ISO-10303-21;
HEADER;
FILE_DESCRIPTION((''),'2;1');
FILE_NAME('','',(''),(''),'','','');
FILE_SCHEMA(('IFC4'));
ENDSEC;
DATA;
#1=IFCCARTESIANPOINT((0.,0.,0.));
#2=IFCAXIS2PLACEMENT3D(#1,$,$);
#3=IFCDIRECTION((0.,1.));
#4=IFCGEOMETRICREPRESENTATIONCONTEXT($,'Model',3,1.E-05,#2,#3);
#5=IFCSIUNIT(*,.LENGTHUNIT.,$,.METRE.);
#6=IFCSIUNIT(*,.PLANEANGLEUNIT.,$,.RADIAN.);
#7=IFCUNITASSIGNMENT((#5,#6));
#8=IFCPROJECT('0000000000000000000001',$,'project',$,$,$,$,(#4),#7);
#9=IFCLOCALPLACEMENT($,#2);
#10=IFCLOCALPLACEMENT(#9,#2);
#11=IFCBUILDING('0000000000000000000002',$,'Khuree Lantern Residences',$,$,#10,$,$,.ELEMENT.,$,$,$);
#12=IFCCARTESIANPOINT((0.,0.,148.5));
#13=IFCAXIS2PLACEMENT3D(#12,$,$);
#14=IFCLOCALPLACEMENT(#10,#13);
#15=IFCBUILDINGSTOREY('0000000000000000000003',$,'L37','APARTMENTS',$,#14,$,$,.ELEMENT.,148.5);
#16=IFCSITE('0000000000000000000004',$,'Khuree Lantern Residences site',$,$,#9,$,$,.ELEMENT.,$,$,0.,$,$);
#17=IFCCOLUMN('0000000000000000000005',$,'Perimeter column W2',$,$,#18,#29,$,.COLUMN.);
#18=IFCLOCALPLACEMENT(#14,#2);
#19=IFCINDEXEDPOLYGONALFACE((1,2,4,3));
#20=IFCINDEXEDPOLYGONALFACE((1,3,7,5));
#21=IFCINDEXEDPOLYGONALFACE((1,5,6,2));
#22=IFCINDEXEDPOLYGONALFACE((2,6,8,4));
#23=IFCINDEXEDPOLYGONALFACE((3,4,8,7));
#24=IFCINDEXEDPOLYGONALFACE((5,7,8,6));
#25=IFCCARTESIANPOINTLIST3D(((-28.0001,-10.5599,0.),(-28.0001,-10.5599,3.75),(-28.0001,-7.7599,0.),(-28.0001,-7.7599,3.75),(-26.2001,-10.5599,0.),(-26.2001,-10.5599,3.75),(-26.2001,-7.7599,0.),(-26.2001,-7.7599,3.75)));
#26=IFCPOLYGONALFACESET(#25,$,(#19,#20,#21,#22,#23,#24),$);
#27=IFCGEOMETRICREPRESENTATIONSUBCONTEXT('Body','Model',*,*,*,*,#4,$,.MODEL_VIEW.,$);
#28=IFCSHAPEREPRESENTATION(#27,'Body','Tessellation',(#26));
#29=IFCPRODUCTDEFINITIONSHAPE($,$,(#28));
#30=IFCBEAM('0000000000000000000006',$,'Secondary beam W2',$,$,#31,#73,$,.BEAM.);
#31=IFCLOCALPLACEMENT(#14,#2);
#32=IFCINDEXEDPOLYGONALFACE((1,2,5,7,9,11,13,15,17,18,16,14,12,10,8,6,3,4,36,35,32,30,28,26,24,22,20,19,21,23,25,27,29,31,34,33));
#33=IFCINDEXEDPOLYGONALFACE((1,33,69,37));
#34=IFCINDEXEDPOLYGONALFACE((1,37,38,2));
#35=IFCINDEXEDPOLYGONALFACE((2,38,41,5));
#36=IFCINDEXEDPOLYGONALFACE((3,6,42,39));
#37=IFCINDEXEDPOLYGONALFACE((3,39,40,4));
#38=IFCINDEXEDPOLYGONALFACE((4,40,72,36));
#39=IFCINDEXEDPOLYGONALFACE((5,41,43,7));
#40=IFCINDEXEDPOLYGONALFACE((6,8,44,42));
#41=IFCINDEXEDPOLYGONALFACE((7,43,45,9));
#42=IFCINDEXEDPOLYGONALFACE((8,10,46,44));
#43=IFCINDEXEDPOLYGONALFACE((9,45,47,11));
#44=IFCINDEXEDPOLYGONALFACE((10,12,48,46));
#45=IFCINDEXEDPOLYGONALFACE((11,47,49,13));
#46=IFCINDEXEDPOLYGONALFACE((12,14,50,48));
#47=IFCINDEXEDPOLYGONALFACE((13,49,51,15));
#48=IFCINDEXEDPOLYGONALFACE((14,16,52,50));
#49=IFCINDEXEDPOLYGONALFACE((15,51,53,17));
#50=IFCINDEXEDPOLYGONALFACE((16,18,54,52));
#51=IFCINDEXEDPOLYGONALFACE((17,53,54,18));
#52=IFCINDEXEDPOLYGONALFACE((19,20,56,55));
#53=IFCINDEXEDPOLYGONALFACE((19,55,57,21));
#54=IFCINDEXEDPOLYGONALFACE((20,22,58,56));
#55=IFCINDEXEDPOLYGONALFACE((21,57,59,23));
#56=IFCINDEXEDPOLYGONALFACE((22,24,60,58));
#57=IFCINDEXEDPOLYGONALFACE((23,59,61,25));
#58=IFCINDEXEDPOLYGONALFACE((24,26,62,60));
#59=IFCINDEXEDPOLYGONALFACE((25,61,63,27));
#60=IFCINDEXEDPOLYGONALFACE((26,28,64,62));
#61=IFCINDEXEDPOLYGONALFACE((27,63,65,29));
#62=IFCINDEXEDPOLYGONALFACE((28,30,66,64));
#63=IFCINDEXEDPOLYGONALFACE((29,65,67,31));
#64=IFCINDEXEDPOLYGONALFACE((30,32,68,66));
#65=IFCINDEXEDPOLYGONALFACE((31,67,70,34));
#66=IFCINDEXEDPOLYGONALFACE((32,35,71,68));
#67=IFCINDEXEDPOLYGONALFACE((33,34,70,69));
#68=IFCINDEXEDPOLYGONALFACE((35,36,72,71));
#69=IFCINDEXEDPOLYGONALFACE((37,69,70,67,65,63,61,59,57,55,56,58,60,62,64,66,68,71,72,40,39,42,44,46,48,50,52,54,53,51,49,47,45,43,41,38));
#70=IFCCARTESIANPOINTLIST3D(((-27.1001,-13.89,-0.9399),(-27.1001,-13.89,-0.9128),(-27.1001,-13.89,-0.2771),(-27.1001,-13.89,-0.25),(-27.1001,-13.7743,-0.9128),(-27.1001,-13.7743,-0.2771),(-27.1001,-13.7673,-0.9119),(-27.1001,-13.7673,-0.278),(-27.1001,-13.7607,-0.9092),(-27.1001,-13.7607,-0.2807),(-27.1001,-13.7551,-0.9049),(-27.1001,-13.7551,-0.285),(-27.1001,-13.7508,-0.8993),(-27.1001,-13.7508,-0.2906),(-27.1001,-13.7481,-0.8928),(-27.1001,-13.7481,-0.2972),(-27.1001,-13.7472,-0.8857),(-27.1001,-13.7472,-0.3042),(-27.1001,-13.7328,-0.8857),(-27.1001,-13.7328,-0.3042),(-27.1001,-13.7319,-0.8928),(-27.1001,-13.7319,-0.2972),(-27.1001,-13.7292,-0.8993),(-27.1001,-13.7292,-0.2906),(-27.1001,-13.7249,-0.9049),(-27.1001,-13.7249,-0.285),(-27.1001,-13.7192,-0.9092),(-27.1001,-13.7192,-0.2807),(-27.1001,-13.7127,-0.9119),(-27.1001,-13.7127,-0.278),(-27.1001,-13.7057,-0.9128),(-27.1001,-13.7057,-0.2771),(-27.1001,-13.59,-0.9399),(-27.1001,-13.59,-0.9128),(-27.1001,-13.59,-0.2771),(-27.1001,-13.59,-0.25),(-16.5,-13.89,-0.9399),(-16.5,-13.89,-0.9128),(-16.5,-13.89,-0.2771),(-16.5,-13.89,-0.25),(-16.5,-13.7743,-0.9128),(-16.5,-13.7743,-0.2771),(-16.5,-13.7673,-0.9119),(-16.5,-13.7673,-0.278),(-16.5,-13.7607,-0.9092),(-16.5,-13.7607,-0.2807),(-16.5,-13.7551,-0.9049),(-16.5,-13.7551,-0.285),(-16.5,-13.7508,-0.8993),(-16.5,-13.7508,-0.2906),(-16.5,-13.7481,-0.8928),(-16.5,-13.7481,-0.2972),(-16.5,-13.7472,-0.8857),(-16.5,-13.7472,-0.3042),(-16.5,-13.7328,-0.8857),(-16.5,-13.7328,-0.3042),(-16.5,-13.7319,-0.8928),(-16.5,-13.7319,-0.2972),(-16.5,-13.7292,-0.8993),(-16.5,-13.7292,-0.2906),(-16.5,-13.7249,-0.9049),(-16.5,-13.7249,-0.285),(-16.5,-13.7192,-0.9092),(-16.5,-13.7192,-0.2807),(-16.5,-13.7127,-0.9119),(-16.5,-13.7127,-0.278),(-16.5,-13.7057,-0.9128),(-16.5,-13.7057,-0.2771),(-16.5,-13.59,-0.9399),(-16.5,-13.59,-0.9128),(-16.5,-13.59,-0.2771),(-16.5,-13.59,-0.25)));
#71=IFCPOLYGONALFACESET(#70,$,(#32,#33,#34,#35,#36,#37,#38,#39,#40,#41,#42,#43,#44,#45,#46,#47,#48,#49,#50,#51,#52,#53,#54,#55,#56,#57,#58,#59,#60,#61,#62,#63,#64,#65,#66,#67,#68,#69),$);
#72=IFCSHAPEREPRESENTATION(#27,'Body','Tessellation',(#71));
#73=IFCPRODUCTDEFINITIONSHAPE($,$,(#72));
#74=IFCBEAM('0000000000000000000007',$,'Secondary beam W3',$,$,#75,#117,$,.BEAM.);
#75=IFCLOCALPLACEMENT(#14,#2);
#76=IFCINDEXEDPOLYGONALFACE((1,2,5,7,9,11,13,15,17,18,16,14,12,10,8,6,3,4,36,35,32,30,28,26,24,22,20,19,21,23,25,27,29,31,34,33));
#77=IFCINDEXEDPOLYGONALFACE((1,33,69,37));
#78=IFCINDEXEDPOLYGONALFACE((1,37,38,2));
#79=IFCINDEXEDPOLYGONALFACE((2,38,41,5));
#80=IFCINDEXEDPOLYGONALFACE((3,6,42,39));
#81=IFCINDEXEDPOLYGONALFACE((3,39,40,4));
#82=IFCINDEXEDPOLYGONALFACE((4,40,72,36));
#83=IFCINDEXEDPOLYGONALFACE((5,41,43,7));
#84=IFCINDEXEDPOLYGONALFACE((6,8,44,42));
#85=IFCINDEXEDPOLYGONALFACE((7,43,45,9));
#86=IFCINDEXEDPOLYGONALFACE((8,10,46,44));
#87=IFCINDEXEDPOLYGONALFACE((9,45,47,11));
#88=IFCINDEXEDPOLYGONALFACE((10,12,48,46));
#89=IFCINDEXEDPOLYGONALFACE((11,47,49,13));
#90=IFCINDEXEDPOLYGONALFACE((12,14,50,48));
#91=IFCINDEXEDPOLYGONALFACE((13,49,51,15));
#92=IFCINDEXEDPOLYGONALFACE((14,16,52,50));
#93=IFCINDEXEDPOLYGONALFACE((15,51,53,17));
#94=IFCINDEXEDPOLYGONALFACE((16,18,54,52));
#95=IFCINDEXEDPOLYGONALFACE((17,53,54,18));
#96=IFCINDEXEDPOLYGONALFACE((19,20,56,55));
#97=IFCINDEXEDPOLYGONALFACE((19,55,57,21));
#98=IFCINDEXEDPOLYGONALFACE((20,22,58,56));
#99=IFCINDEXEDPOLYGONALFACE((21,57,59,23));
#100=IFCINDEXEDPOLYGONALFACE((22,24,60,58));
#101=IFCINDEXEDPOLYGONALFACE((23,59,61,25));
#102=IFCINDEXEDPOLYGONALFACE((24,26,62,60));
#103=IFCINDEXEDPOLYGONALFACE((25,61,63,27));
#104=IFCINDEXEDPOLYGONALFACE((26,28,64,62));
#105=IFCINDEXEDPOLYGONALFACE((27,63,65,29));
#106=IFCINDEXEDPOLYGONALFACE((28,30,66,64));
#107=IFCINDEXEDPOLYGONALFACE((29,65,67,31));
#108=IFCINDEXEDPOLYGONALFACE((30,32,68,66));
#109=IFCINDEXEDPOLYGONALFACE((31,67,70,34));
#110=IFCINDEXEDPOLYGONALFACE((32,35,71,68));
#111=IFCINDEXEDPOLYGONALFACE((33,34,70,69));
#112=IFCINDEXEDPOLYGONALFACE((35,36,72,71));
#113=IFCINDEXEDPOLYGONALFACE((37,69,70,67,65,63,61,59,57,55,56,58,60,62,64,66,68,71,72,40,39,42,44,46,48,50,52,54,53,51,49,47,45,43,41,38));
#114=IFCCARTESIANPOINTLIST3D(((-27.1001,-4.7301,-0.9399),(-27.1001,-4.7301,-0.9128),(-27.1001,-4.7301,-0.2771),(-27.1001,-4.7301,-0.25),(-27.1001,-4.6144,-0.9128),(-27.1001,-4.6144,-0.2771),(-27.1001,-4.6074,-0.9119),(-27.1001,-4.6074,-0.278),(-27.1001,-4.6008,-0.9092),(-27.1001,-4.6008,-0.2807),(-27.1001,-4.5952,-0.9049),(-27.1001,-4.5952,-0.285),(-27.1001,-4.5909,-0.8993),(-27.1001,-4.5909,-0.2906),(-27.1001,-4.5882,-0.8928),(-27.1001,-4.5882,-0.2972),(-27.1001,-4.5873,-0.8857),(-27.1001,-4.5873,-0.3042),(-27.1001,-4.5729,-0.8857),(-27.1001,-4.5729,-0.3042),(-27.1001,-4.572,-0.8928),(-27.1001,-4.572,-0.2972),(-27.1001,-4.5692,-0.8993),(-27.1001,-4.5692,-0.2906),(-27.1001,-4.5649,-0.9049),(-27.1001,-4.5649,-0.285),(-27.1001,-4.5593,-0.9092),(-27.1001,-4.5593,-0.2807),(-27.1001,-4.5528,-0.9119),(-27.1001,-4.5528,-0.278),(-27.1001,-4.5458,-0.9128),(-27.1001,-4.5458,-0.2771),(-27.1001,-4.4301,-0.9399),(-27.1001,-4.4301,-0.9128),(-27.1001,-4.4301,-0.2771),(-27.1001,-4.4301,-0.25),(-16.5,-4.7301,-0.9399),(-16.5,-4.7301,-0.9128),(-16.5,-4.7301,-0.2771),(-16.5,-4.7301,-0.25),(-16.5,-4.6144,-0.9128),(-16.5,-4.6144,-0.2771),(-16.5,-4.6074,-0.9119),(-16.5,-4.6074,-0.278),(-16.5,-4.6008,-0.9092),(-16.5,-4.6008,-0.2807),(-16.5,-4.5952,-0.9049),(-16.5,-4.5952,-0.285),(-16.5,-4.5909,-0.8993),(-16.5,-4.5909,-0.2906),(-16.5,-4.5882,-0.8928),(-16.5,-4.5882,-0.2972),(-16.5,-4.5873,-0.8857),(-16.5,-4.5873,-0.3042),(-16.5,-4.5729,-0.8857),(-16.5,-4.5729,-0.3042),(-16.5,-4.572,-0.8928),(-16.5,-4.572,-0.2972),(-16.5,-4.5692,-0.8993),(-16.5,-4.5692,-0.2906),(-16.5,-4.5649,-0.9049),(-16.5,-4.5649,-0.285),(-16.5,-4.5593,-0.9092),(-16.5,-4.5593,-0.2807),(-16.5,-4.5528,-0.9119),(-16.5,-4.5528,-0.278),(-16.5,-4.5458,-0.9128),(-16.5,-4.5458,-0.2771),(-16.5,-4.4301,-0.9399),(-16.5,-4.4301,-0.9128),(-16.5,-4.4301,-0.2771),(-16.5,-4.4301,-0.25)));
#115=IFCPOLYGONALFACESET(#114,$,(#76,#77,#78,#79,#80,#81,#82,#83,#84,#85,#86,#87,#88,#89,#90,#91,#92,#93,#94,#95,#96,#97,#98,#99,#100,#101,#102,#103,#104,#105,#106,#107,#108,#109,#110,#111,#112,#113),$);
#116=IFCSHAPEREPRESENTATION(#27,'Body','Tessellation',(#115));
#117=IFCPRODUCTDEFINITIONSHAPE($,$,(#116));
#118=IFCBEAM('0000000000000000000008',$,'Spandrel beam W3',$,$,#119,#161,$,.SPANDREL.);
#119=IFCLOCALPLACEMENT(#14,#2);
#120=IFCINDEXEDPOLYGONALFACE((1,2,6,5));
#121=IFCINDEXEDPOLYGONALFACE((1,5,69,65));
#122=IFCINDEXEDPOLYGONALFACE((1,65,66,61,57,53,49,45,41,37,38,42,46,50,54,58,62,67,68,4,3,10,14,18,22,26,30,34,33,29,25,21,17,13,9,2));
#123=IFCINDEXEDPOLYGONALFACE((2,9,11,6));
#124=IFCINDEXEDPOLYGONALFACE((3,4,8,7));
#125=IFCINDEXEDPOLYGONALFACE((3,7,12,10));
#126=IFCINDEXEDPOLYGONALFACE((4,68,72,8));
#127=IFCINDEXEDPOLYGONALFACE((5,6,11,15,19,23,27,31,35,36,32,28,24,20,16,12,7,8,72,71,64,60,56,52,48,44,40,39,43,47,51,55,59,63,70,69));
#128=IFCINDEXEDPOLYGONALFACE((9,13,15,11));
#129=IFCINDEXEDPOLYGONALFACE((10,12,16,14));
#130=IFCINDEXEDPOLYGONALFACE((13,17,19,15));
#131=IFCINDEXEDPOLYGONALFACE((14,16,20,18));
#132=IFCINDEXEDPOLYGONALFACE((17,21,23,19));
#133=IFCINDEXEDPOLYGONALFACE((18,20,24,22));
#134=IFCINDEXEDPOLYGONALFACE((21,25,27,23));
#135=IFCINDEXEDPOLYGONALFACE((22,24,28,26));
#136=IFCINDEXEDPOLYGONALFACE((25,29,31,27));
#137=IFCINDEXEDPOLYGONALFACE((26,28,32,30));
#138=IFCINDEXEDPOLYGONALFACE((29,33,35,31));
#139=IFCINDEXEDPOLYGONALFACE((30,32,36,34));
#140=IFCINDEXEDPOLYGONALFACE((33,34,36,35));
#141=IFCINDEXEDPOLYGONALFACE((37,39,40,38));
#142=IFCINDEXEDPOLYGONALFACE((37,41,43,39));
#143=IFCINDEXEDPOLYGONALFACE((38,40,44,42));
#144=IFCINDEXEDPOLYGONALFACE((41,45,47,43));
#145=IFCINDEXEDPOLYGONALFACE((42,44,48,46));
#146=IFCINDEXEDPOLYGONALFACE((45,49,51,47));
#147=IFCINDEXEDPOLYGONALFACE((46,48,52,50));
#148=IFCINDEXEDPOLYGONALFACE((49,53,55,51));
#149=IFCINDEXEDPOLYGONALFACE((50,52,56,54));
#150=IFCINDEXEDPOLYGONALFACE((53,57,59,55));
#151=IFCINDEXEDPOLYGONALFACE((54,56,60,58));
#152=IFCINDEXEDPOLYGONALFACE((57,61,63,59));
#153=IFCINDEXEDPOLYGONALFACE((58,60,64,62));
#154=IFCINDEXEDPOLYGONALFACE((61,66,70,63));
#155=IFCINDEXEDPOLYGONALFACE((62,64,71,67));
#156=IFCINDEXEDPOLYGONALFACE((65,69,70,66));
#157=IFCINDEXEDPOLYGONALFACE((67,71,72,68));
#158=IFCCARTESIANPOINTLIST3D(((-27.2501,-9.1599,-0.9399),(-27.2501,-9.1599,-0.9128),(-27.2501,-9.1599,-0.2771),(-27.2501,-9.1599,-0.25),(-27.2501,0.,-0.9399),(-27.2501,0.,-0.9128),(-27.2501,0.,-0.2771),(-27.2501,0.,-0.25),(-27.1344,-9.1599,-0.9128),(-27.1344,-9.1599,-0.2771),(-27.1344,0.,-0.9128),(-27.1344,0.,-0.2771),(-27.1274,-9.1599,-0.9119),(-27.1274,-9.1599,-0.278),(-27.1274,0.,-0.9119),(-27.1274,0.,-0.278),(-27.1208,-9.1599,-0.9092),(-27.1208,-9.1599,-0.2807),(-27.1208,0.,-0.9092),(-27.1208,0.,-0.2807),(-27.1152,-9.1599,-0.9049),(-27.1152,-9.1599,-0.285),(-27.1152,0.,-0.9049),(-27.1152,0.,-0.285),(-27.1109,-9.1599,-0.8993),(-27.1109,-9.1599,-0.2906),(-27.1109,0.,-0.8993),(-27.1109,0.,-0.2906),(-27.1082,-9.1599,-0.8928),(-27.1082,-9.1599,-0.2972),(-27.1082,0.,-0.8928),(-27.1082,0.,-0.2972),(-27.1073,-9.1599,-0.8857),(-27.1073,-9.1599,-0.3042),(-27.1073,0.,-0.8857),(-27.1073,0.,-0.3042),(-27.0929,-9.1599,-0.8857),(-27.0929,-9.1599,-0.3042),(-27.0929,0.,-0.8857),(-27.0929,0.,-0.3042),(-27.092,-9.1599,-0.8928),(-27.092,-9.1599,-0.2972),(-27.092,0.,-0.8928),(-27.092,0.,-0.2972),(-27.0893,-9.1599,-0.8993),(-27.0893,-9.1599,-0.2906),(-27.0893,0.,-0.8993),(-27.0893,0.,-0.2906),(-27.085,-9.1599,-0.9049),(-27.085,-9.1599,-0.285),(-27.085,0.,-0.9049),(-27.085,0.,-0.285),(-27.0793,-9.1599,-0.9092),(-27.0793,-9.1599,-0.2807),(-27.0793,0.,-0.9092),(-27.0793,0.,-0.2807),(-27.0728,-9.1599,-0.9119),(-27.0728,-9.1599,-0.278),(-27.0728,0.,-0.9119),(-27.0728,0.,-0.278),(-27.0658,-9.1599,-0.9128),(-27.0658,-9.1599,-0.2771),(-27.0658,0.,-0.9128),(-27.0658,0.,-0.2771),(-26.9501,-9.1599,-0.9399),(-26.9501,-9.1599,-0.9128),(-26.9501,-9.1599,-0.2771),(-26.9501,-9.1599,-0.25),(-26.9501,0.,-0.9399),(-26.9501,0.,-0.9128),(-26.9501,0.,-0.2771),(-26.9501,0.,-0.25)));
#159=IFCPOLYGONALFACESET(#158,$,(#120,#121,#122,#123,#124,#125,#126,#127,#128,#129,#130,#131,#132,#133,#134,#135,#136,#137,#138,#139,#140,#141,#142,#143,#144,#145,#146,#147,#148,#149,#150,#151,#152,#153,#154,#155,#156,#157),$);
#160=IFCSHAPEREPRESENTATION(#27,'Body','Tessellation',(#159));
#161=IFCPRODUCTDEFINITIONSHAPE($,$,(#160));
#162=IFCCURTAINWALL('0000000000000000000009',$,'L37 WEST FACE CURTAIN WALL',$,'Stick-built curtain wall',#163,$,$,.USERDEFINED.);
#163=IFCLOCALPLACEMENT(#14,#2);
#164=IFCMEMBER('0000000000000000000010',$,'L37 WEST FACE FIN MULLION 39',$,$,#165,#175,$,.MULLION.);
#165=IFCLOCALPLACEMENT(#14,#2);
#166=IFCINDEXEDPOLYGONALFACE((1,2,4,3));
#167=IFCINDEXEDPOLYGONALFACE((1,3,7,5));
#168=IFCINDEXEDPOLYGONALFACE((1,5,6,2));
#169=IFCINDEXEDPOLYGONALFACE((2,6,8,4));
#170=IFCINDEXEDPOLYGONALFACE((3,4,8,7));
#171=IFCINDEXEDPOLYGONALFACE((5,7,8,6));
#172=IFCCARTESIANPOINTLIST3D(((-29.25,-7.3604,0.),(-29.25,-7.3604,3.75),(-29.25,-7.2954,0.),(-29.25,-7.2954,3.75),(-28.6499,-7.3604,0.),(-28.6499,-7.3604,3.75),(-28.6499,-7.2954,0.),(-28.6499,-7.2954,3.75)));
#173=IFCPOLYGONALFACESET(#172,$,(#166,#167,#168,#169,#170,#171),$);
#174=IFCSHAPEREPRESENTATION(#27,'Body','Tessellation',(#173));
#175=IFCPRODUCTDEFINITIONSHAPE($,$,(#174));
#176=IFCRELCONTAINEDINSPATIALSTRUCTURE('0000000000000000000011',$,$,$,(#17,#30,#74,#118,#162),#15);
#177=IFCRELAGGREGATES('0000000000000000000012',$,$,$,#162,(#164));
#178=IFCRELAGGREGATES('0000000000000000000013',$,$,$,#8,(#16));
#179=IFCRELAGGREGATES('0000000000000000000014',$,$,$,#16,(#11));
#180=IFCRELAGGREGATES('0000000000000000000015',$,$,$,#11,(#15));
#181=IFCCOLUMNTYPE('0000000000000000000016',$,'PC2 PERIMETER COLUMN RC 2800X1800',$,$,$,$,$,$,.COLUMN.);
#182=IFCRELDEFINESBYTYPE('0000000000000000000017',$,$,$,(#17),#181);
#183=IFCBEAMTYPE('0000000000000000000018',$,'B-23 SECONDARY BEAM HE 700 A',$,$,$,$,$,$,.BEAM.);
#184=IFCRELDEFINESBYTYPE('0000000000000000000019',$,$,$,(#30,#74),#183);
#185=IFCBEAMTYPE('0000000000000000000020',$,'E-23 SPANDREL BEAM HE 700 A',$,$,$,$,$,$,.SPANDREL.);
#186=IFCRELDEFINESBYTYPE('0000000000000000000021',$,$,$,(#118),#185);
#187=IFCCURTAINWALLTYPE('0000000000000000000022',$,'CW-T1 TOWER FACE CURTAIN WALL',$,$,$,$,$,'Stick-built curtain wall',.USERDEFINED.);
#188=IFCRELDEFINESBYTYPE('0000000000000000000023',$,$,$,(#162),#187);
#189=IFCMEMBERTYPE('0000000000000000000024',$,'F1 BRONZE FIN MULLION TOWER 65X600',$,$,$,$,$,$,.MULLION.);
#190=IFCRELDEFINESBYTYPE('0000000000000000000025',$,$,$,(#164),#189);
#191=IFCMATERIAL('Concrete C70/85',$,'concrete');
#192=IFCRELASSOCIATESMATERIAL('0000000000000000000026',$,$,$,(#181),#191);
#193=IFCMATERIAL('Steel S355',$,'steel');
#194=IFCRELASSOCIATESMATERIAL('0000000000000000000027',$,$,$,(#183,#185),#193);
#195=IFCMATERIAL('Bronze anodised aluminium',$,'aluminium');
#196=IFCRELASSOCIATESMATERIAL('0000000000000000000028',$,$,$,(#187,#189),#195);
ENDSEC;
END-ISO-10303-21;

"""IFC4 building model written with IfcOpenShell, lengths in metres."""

from ifc_helpers import new_model, si_unit, direction, frame, origin, origin_2d, place, context, subcontext, project, spatial, rectangle, i_section, extrude, material, material_profile, profile_set, type_object, element, aggregate, save


model = new_model("IFC4")

# Units and contexts
model_context = context("Model", 3, precision=1e-05, world=origin(), true_north=direction((0.0, 1.0)))
body_context = subcontext(model_context, "Body", "Model", "MODEL_VIEW")
ifc_project = project(units=[si_unit("LENGTHUNIT", "METRE"), si_unit("PLANEANGLEUNIT", "RADIAN")], contexts=[model_context])

# Site, building, storey
site_placement = place(None, origin())
site = spatial("IfcSite", under=ifc_project, at=site_placement, Name="Khuree Lantern Residences site", CompositionType="ELEMENT", RefElevation=0.0)
building_placement = place(site_placement, origin())
building = spatial("IfcBuilding", under=site, at=building_placement, Name="Khuree Lantern Residences", CompositionType="ELEMENT")
storey_placement = place(building_placement, frame((0.0, 0.0, 148.5)))
storey = spatial("IfcBuildingStorey", under=building, at=storey_placement, Name="L37", Description="APARTMENTS", CompositionType="ELEMENT", Elevation=148.5)

# Column
ifc_material_1 = material(Name="Concrete C70/85", Category="concrete")
ifc_material_profile_1 = material_profile(ifc_material_1, rectangle(XDim=2.8, YDim=1.8, at=origin_2d()), Name="RC 2800X1800")
ifc_profile_set_1 = profile_set([ifc_material_profile_1], Name="Concrete C70/85")
column_type = type_object("IfcColumnType", Name="PC2 PERIMETER COLUMN RC 2800X1800", PredefinedType="COLUMN", material=ifc_profile_set_1)
column_placement = place(storey_placement, frame((-27.1001, -9.1599, 0.0), z_axis=(0.0, 0.0, 1.0), x_axis=(0.0, 1.0, 0.0)))
element("IfcColumn", 1, at=column_placement, inside=storey, type_object=column_type, Name="Perimeter column W2", PredefinedType="COLUMN", context=body_context, shape_type="SweptSolid", body=[
    extrude(rectangle(XDim=2.8, YDim=1.8, at=origin_2d()), origin(), (0.0, 0.0, 1.0), 3.75),
])

# Beams
ifc_material_2 = material(Name="Steel S355", Category="steel")
ifc_material_profile_2 = material_profile(ifc_material_2, i_section(OverallWidth=0.3, OverallDepth=0.6899, WebThickness=0.0144, FlangeThickness=0.0271, FilletRadius=0.0271, at=origin_2d()), Name="HE 700 A")
ifc_profile_set_2 = profile_set([ifc_material_profile_2], Name="Steel S355")
beam_type_1 = type_object("IfcBeamType", Name="B-23 SECONDARY BEAM HE 700 A", PredefinedType="BEAM", material=ifc_profile_set_2)
for number, where, z_axis, x_axis, name in (
    (2, (-27.1001, -13.74, -0.595), (1.0, 0.0, 0.0), (0.0, 1.0, 0.0), "Secondary beam W2"),
    (3, (-27.1001, -4.5801, -0.595), (1.0, 0.0, 0.0), (0.0, 1.0, 0.0), "Secondary beam W3"),
):
    element("IfcBeam", number, at=place(storey_placement, frame(where, z_axis=z_axis, x_axis=x_axis)), inside=storey, type_object=beam_type_1, Name=name, PredefinedType="BEAM", context=body_context, shape_type="SweptSolid", body=[
        extrude(i_section(OverallWidth=0.3, OverallDepth=0.6899, WebThickness=0.0144, FlangeThickness=0.0271, FilletRadius=0.0271, at=origin_2d()), origin(), (0.0, 0.0, 1.0), 10.6001),
    ])
ifc_material_profile_3 = material_profile(ifc_material_2, i_section(OverallWidth=0.3, OverallDepth=0.6899, WebThickness=0.0144, FlangeThickness=0.0271, FilletRadius=0.0271, at=origin_2d()), Name="HE 700 A")
ifc_profile_set_3 = profile_set([ifc_material_profile_3], Name="Steel S355")
beam_type_2 = type_object("IfcBeamType", Name="E-23 SPANDREL BEAM HE 700 A", PredefinedType="SPANDREL", material=ifc_profile_set_3)
beam_1_placement = place(storey_placement, frame((-27.1001, -9.1599, -0.595), z_axis=(0.0, 1.0, 0.0), x_axis=(-1.0, 0.0, 0.0)))
element("IfcBeam", 4, at=beam_1_placement, inside=storey, type_object=beam_type_2, Name="Spandrel beam W3", PredefinedType="SPANDREL", context=body_context, shape_type="SweptSolid", body=[
    extrude(i_section(OverallWidth=0.3, OverallDepth=0.6899, WebThickness=0.0144, FlangeThickness=0.0271, FilletRadius=0.0271, at=origin_2d()), origin(), (0.0, 0.0, 1.0), 9.1599),
])

# Curtain wall, member
ifc_material_3 = material(Name="Bronze anodised aluminium", Category="aluminium")
curtain_wall_type = type_object("IfcCurtainWallType", Name="CW-T1 TOWER FACE CURTAIN WALL", ElementType="Stick-built curtain wall", PredefinedType="USERDEFINED", material=ifc_material_3)
curtain_wall_placement = place(storey_placement, origin())
curtain_wall = element("IfcCurtainWall", 5, at=curtain_wall_placement, inside=storey, type_object=curtain_wall_type, Name="L37 WEST FACE CURTAIN WALL", ObjectType="Stick-built curtain wall", PredefinedType="USERDEFINED")
ifc_material_profile_4 = material_profile(ifc_material_3, rectangle(XDim=0.0649, YDim=0.6001, at=origin_2d()), Name="F1 65X600")
ifc_profile_set_4 = profile_set([ifc_material_profile_4], Name="Bronze anodised aluminium")
member_type_1 = type_object("IfcMemberType", Name="F1 BRONZE FIN MULLION TOWER 65X600", PredefinedType="MULLION", material=ifc_profile_set_4)
member_1_placement = place(storey_placement, frame((-28.95, -7.3279, 0.0), z_axis=(0.0, 0.0, 1.0), x_axis=(0.0, -1.0, 0.0)))
member_1 = element("IfcMember", 6, at=member_1_placement, type_object=member_type_1, Name="L37 WEST FACE FIN MULLION 39", PredefinedType="MULLION", context=body_context, shape_type="SweptSolid", body=[
    extrude(rectangle(XDim=0.0649, YDim=0.6001, at=origin_2d()), origin(), (0.0, 0.0, 1.0), 3.75),
])

aggregate(curtain_wall, [member_1])

save(model, "model.ifc")
